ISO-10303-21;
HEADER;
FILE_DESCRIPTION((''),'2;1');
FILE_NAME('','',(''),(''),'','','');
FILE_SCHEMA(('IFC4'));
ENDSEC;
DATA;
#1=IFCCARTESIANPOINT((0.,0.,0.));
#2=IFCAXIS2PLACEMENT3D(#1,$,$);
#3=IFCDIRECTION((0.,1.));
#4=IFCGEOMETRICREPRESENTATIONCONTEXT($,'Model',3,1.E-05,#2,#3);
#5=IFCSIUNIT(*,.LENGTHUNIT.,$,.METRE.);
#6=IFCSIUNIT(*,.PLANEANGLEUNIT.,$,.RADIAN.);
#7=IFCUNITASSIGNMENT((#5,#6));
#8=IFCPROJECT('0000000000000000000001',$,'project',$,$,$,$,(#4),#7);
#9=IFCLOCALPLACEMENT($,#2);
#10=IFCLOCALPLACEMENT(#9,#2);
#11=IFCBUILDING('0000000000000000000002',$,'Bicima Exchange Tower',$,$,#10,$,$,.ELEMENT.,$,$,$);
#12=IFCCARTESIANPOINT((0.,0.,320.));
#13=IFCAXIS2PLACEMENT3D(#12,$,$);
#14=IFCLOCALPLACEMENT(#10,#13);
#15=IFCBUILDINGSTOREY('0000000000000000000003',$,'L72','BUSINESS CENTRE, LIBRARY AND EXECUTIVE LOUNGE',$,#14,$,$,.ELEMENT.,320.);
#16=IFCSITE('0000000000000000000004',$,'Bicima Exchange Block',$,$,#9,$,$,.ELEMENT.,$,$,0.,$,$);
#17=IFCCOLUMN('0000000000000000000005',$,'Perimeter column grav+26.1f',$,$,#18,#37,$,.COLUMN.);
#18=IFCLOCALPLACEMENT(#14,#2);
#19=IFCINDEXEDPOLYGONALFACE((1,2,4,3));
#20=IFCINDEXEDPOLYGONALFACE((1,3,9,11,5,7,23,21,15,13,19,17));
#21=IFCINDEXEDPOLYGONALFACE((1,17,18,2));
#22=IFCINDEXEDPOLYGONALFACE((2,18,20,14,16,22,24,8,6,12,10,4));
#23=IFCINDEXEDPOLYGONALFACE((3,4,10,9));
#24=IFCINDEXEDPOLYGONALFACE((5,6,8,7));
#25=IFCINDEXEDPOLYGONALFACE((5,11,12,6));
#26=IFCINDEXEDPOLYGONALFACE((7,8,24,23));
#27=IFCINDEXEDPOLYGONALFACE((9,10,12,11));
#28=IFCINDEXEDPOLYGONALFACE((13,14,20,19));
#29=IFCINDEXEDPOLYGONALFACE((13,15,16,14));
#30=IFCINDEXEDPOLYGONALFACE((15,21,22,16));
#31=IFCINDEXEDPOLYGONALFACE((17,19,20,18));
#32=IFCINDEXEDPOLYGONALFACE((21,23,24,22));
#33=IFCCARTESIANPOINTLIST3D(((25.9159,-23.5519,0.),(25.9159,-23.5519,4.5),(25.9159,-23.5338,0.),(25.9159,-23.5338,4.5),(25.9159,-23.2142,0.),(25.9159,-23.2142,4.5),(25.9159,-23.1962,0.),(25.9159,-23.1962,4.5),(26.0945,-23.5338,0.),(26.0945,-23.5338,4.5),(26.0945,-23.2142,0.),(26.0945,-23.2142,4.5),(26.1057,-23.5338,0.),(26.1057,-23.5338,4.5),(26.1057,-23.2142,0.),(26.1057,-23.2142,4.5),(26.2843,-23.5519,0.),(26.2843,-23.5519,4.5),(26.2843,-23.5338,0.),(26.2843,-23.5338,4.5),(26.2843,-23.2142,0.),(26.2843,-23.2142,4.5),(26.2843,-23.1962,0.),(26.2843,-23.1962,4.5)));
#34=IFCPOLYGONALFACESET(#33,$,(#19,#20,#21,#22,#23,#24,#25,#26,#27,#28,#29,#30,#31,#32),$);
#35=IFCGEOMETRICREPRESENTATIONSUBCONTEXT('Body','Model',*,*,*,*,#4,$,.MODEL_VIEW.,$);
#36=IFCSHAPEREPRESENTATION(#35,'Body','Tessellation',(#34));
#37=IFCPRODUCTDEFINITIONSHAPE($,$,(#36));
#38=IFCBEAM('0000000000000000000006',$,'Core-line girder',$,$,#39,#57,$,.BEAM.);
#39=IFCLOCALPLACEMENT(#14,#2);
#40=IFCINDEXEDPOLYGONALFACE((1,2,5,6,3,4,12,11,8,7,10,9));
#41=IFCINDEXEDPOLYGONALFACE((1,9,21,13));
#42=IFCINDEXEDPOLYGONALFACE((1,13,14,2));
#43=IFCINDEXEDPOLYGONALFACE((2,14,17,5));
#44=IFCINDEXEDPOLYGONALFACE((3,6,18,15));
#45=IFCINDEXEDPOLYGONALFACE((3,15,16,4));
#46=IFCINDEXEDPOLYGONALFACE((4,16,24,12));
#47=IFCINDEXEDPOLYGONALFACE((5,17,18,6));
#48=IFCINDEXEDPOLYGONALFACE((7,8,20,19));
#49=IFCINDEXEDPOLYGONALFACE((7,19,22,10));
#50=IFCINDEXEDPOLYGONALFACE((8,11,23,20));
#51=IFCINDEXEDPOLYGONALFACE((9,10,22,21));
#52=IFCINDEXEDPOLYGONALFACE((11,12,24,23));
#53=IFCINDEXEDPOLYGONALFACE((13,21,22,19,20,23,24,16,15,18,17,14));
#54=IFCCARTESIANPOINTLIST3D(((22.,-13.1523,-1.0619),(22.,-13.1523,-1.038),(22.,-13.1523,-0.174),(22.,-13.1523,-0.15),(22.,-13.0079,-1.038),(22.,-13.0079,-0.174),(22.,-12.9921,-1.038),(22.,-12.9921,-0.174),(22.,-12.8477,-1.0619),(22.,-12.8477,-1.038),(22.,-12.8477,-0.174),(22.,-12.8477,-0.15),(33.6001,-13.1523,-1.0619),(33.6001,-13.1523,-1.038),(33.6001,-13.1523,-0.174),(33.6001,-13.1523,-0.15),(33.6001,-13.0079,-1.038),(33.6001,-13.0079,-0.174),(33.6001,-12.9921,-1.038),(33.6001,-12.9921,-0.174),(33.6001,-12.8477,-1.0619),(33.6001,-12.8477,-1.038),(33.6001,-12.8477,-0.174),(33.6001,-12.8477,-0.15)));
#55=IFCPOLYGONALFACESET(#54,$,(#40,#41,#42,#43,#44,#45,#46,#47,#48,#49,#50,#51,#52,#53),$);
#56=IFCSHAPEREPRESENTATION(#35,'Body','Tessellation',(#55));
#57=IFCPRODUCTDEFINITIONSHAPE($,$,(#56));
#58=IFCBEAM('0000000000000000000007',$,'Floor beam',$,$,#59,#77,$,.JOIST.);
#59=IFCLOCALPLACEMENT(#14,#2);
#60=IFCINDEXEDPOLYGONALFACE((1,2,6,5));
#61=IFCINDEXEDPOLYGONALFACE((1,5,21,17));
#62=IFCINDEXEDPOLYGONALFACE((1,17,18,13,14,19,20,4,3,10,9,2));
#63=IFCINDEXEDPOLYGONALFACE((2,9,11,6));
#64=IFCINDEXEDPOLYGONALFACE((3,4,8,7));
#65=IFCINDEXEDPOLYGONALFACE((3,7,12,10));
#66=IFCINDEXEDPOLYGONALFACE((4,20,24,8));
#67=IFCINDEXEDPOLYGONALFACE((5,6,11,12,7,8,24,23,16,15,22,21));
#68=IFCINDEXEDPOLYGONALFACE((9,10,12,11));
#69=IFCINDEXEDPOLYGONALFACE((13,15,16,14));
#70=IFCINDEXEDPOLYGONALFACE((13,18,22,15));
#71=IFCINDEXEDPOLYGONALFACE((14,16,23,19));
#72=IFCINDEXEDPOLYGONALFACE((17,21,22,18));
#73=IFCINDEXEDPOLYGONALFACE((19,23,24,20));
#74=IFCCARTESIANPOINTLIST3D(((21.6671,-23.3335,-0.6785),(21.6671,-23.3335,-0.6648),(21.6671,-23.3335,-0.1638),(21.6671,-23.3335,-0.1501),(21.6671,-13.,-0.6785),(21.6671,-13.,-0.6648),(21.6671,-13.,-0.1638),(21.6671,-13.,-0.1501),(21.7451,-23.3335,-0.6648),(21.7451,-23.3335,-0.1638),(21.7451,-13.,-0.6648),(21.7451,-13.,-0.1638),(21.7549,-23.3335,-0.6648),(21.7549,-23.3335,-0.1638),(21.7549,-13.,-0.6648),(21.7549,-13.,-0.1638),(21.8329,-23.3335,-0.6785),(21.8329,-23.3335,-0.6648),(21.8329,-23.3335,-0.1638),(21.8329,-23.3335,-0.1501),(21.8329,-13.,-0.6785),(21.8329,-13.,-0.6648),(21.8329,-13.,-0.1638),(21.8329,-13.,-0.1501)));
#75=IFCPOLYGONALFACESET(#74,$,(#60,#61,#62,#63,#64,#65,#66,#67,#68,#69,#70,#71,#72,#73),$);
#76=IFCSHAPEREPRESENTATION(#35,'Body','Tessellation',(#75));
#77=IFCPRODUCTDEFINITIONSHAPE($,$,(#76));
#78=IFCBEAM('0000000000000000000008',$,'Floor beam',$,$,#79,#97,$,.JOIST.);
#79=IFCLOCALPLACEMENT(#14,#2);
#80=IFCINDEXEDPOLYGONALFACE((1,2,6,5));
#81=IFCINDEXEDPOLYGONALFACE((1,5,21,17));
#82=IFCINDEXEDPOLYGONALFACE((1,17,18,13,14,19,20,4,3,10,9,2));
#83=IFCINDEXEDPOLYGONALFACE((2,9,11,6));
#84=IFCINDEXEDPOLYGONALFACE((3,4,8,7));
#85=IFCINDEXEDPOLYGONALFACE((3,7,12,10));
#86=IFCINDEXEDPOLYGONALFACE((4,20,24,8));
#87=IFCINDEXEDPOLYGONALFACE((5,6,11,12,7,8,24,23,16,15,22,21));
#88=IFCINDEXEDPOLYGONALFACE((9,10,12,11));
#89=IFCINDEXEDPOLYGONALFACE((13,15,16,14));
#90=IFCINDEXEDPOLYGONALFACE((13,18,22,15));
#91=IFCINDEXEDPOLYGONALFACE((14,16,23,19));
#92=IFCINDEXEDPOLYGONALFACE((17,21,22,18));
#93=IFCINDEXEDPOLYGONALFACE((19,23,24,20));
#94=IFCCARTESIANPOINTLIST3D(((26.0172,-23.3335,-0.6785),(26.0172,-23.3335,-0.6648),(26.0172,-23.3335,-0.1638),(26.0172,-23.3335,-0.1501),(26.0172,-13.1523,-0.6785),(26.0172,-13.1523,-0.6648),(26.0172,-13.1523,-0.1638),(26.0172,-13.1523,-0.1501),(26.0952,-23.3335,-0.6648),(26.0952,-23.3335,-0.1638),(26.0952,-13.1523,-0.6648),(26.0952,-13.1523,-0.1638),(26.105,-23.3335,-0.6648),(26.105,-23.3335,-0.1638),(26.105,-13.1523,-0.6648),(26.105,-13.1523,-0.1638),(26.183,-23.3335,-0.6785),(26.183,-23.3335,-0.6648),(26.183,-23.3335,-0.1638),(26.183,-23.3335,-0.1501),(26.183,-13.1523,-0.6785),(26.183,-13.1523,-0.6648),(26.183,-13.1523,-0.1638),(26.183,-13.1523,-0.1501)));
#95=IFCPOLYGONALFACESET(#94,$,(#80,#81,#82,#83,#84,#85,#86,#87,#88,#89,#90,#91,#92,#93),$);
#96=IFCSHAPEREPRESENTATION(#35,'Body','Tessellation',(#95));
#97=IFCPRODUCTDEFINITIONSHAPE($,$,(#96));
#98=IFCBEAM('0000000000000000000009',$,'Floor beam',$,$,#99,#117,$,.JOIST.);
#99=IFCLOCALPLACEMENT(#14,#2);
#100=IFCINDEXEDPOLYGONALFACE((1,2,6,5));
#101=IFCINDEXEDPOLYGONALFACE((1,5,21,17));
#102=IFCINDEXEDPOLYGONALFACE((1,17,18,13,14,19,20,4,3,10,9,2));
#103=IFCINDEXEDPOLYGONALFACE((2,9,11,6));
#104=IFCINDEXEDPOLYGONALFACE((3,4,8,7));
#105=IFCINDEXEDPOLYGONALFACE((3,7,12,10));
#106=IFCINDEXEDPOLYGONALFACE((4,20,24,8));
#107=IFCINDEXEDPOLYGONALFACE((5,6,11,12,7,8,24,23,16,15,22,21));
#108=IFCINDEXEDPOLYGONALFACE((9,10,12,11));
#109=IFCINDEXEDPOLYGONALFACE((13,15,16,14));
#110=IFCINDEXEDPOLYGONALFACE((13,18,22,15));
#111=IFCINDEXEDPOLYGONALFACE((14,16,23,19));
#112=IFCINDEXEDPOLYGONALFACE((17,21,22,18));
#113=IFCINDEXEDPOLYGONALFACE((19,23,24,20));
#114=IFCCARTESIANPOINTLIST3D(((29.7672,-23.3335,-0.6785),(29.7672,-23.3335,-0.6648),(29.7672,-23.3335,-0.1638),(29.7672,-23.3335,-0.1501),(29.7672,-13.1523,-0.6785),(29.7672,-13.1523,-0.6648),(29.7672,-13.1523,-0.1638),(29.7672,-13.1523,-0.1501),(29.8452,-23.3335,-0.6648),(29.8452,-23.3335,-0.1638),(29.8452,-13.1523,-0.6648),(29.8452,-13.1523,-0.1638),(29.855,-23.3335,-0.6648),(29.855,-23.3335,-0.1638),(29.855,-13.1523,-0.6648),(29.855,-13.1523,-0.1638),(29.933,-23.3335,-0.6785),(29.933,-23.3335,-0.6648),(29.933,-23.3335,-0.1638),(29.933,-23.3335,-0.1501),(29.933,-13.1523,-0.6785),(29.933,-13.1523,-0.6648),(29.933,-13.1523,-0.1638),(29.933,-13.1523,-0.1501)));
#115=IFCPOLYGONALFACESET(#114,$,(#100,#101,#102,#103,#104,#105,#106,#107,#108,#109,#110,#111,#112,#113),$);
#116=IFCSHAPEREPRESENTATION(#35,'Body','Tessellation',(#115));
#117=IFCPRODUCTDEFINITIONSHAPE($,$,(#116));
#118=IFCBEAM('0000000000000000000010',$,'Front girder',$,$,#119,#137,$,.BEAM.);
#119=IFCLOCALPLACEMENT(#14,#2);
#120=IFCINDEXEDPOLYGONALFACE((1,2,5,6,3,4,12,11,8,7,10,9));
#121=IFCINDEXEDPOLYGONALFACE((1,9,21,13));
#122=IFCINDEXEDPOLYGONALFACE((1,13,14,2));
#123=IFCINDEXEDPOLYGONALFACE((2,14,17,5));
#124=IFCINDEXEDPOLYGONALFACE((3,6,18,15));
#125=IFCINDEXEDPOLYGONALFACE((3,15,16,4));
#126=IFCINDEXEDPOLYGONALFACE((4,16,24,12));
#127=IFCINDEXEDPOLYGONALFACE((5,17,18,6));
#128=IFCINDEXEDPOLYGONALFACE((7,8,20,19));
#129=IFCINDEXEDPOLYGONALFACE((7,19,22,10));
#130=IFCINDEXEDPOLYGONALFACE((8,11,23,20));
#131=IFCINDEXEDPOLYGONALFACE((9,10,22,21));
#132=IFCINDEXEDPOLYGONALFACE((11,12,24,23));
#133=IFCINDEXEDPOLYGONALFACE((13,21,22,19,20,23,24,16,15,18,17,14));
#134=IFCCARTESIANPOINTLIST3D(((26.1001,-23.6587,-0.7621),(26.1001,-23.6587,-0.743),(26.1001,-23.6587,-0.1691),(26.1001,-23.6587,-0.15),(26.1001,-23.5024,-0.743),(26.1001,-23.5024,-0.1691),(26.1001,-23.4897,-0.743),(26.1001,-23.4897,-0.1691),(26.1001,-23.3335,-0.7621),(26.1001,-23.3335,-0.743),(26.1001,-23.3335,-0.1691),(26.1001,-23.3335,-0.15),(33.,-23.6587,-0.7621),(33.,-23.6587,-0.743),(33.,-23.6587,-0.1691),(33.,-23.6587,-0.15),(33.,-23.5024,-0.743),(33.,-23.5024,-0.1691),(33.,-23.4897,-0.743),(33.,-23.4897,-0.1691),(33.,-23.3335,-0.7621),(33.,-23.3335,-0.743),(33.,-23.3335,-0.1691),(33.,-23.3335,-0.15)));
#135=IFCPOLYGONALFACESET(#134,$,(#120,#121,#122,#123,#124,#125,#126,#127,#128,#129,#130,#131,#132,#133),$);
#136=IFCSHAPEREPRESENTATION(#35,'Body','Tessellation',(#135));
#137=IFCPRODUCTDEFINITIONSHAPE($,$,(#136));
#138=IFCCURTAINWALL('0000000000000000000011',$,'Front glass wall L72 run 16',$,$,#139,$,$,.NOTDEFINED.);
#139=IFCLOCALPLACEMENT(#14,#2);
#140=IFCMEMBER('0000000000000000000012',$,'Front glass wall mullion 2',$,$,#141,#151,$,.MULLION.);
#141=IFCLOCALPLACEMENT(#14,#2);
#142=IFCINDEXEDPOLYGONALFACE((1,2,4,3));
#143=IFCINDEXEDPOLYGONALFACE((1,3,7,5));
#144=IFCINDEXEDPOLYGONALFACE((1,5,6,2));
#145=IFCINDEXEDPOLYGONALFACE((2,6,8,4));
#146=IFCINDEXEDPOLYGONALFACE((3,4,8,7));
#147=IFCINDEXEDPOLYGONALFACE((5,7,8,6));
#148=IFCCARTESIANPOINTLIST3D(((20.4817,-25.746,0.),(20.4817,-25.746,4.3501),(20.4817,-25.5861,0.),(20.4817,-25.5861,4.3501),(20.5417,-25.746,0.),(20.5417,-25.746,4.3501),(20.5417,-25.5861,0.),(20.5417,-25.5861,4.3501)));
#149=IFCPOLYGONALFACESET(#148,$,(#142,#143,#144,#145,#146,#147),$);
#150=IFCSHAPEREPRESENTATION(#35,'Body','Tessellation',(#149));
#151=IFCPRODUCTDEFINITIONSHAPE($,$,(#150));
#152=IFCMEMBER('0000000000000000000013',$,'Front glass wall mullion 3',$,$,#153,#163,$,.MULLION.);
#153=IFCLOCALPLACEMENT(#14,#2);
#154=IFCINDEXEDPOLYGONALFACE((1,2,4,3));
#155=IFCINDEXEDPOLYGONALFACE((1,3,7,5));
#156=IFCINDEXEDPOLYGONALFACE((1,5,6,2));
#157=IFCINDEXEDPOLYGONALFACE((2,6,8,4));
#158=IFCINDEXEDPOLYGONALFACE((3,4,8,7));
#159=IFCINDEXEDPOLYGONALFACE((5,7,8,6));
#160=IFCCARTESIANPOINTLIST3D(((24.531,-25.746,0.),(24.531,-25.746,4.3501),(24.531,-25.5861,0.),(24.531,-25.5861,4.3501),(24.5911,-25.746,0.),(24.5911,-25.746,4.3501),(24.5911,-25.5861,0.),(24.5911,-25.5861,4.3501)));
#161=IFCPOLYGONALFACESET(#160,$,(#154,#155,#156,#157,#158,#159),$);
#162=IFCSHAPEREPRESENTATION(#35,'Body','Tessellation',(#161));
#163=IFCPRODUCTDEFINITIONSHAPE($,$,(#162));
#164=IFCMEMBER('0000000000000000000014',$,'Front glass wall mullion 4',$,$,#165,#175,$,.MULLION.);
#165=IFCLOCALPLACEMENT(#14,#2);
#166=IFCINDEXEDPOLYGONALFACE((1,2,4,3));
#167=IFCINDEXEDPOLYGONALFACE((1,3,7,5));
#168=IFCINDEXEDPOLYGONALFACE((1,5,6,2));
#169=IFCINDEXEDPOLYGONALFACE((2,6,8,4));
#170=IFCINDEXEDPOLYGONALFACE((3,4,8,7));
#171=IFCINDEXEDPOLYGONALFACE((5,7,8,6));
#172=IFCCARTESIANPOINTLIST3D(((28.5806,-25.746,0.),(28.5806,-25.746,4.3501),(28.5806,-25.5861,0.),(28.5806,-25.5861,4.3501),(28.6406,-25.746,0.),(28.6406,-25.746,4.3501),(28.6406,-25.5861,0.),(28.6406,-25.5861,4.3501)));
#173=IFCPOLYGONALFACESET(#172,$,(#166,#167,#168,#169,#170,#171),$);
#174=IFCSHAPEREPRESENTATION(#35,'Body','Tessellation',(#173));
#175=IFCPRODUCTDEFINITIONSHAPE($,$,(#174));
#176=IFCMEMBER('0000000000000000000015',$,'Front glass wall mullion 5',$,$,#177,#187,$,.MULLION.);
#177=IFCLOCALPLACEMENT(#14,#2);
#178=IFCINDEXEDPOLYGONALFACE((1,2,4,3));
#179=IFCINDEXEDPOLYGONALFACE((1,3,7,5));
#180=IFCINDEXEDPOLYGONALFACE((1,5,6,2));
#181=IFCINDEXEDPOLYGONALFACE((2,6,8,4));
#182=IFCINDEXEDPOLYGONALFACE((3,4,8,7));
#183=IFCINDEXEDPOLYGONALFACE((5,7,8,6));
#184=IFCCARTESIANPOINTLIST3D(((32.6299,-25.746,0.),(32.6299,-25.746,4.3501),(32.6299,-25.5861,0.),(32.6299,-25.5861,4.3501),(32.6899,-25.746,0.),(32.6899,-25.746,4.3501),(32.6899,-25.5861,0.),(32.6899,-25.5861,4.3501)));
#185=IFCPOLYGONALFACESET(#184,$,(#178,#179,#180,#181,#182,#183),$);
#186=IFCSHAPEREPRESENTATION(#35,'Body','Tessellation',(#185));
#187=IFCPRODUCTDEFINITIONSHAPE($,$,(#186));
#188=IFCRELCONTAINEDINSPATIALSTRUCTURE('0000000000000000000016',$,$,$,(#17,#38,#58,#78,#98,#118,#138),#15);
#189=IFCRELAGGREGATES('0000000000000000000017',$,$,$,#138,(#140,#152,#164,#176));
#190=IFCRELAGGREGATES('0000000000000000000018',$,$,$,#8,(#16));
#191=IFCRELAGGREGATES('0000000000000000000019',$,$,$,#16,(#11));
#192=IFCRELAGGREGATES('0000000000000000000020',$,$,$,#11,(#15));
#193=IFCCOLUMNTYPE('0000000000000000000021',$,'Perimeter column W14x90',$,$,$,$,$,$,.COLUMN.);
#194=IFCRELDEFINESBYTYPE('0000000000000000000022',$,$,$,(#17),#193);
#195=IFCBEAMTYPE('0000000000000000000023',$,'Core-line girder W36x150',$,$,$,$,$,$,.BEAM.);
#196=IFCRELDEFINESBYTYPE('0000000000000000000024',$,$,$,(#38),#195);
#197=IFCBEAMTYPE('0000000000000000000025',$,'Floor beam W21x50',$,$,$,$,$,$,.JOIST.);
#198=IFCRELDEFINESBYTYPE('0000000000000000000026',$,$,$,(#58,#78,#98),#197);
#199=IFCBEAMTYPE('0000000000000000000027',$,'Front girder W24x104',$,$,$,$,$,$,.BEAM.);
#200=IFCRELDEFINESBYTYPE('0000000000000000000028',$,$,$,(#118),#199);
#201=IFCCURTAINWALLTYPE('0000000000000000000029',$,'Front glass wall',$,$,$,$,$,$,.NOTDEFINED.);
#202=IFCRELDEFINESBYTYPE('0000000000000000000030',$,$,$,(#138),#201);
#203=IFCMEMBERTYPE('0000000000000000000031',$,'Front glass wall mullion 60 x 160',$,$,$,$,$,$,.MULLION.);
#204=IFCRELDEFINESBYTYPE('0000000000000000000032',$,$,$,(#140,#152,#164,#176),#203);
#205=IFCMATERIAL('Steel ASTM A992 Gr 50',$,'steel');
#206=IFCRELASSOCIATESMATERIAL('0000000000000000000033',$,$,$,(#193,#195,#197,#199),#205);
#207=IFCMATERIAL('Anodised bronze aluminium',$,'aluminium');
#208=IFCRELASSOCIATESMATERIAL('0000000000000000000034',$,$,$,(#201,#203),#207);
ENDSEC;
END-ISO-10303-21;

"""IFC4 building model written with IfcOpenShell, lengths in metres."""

from ifc_helpers import new_model, si_unit, direction, frame, origin, origin_2d, place, context, subcontext, project, spatial, rectangle, i_section, extrude, material, material_profile, profile_set, type_object, element, aggregate, save


model = new_model("IFC4")

# Units and contexts
model_context = context("Model", 3, precision=1e-05, world=origin(), true_north=direction((0.0, 1.0)))
body_context = subcontext(model_context, "Body", "Model", "MODEL_VIEW")
ifc_project = project(units=[si_unit("LENGTHUNIT", "METRE"), si_unit("PLANEANGLEUNIT", "RADIAN")], contexts=[model_context])

# Site, building, storey
site_placement = place(None, origin())
site = spatial("IfcSite", under=ifc_project, at=site_placement, Name="Bicima Exchange Block", CompositionType="ELEMENT", RefElevation=0.0)
building_placement = place(site_placement, origin())
building = spatial("IfcBuilding", under=site, at=building_placement, Name="Bicima Exchange Tower", CompositionType="ELEMENT")
storey_placement = place(building_placement, frame((0.0, 0.0, 320.0)))
storey = spatial("IfcBuildingStorey", under=building, at=storey_placement, Name="L72", Description="BUSINESS CENTRE, LIBRARY AND EXECUTIVE LOUNGE", CompositionType="ELEMENT", Elevation=320.0)

# Column
ifc_material_1 = material(Name="Steel ASTM A992 Gr 50", Category="steel")
ifc_material_profile_1 = material_profile(ifc_material_1, i_section(OverallWidth=0.3684, OverallDepth=0.3557, WebThickness=0.0112, FlangeThickness=0.0181, at=origin_2d()))
ifc_profile_set_1 = profile_set([ifc_material_profile_1], Name="Steel ASTM A992 Gr 50")
column_type = type_object("IfcColumnType", Name="Perimeter column W14x90", PredefinedType="COLUMN", material=ifc_profile_set_1)
column_placement = place(storey_placement, frame((26.1001, -23.374, 0.0), z_axis=(0.0, 0.0, 1.0), x_axis=(1.0, 0.0, 0.0)))
element("IfcColumn", 1, at=column_placement, inside=storey, type_object=column_type, Name="Perimeter column grav+26.1f", PredefinedType="COLUMN", context=body_context, shape_type="SweptSolid", body=[
    extrude(i_section(OverallWidth=0.3684, OverallDepth=0.3557, WebThickness=0.0112, FlangeThickness=0.0181, at=origin_2d()), origin(), (0.0, 0.0, 1.0), 4.5),
])

# Beams
ifc_material_profile_2 = material_profile(ifc_material_1, i_section(OverallWidth=0.3047, OverallDepth=0.9119, WebThickness=0.0159, FlangeThickness=0.0239, at=origin_2d()))
ifc_profile_set_2 = profile_set([ifc_material_profile_2], Name="Steel ASTM A992 Gr 50")
beam_type_1 = type_object("IfcBeamType", Name="Core-line girder W36x150", PredefinedType="BEAM", material=ifc_profile_set_2)
beam_1_placement = place(storey_placement, frame((22.0, -13.0, -0.606), z_axis=(1.0, 0.0, 0.0), x_axis=(0.0, 1.0, 0.0)))
element("IfcBeam", 2, at=beam_1_placement, inside=storey, type_object=beam_type_1, Name="Core-line girder", PredefinedType="BEAM", context=body_context, shape_type="SweptSolid", body=[
    extrude(i_section(OverallWidth=0.3047, OverallDepth=0.9119, WebThickness=0.0159, FlangeThickness=0.0239, at=origin_2d()), origin(), (0.0, 0.0, 1.0), 11.6001),
])
ifc_material_profile_3 = material_profile(ifc_material_1, i_section(OverallWidth=0.1658, OverallDepth=0.5283, WebThickness=0.0098, FlangeThickness=0.0137, at=origin_2d()))
ifc_profile_set_3 = profile_set([ifc_material_profile_3], Name="Steel ASTM A992 Gr 50")
beam_type_2 = type_object("IfcBeamType", Name="Floor beam W21x50", PredefinedType="JOIST", material=ifc_profile_set_3)
beam_2_placement = place(storey_placement, frame((21.75, -13.0, -0.4143), z_axis=(0.0, -1.0, 0.0), x_axis=(1.0, 0.0, 0.0)))
element("IfcBeam", 3, at=beam_2_placement, inside=storey, type_object=beam_type_2, Name="Floor beam", PredefinedType="JOIST", context=body_context, shape_type="SweptSolid", body=[
    extrude(i_section(OverallWidth=0.1658, OverallDepth=0.5283, WebThickness=0.0098, FlangeThickness=0.0137, at=origin_2d()), origin(), (0.0, 0.0, 1.0), 10.3335),
])
for number, where, z_axis, x_axis, name in (
    (4, (26.1001, -13.1523, -0.4143), (0.0, -1.0, 0.0), (1.0, 0.0, 0.0), "Floor beam"),
    (5, (29.8501, -13.1523, -0.4143), (0.0, -1.0, 0.0), (1.0, 0.0, 0.0), "Floor beam"),
):
    element("IfcBeam", number, at=place(storey_placement, frame(where, z_axis=z_axis, x_axis=x_axis)), inside=storey, type_object=beam_type_2, Name=name, PredefinedType="JOIST", context=body_context, shape_type="SweptSolid", body=[
        extrude(i_section(OverallWidth=0.1658, OverallDepth=0.5283, WebThickness=0.0098, FlangeThickness=0.0137, at=origin_2d()), origin(), (0.0, 0.0, 1.0), 10.1812),
    ])
ifc_material_profile_4 = material_profile(ifc_material_1, i_section(OverallWidth=0.3252, OverallDepth=0.6121, WebThickness=0.0127, FlangeThickness=0.019, at=origin_2d()))
ifc_profile_set_4 = profile_set([ifc_material_profile_4], Name="Steel ASTM A992 Gr 50")
beam_type_3 = type_object("IfcBeamType", Name="Front girder W24x104", PredefinedType="BEAM", material=ifc_profile_set_4)
beam_3_placement = place(storey_placement, frame((26.1001, -23.4961, -0.4561), z_axis=(1.0, 0.0, 0.0), x_axis=(0.0, 1.0, 0.0)))
element("IfcBeam", 6, at=beam_3_placement, inside=storey, type_object=beam_type_3, Name="Front girder", PredefinedType="BEAM", context=body_context, shape_type="SweptSolid", body=[
    extrude(i_section(OverallWidth=0.3252, OverallDepth=0.6121, WebThickness=0.0127, FlangeThickness=0.019, at=origin_2d()), origin(), (0.0, 0.0, 1.0), 6.8999),
])

# Curtain wall, members
ifc_material_2 = material(Name="Anodised bronze aluminium", Category="aluminium")
curtain_wall_type = type_object("IfcCurtainWallType", Name="Front glass wall", PredefinedType="NOTDEFINED", material=ifc_material_2)
curtain_wall_placement = place(storey_placement, origin())
curtain_wall = element("IfcCurtainWall", 7, at=curtain_wall_placement, inside=storey, type_object=curtain_wall_type, Name="Front glass wall L72 run 16", PredefinedType="NOTDEFINED")
ifc_material_profile_5 = material_profile(ifc_material_2, rectangle(XDim=0.1599, YDim=0.0601, at=origin_2d()))
ifc_profile_set_5 = profile_set([ifc_material_profile_5], Name="Anodised bronze aluminium")
member_type_1 = type_object("IfcMemberType", Name="Front glass wall mullion 60 x 160", PredefinedType="MULLION", material=ifc_profile_set_5)
member_1_placement = place(storey_placement, frame((20.5117, -25.666, 0.0), z_axis=(0.0, 0.0, 1.0), x_axis=(0.0, 1.0, 0.0)))
member_1 = element("IfcMember", 8, at=member_1_placement, type_object=member_type_1, Name="Front glass wall mullion 2", PredefinedType="MULLION", context=body_context, shape_type="SweptSolid", body=[
    extrude(rectangle(XDim=0.1599, YDim=0.0601, at=origin_2d()), origin(), (0.0, 0.0, 1.0), 4.3501),
])
member_2_placement = place(storey_placement, frame((24.561, -25.666, 0.0), z_axis=(0.0, 0.0, 1.0), x_axis=(0.0, 1.0, 0.0)))
member_2 = element("IfcMember", 9, at=member_2_placement, type_object=member_type_1, Name="Front glass wall mullion 3", PredefinedType="MULLION", context=body_context, shape_type="SweptSolid", body=[
    extrude(rectangle(XDim=0.1599, YDim=0.0601, at=origin_2d()), origin(), (0.0, 0.0, 1.0), 4.3501),
])
member_3_placement = place(storey_placement, frame((28.6106, -25.666, 0.0), z_axis=(0.0, 0.0, 1.0), x_axis=(0.0, 1.0, 0.0)))
member_3 = element("IfcMember", 10, at=member_3_placement, type_object=member_type_1, Name="Front glass wall mullion 4", PredefinedType="MULLION", context=body_context, shape_type="SweptSolid", body=[
    extrude(rectangle(XDim=0.1599, YDim=0.0601, at=origin_2d()), origin(), (0.0, 0.0, 1.0), 4.3501),
])
member_4_placement = place(storey_placement, frame((32.6599, -25.666, 0.0), z_axis=(0.0, 0.0, 1.0), x_axis=(0.0, 1.0, 0.0)))
member_4 = element("IfcMember", 11, at=member_4_placement, type_object=member_type_1, Name="Front glass wall mullion 5", PredefinedType="MULLION", context=body_context, shape_type="SweptSolid", body=[
    extrude(rectangle(XDim=0.1599, YDim=0.0601, at=origin_2d()), origin(), (0.0, 0.0, 1.0), 4.3501),
])
aggregate(curtain_wall, [member_1, member_2, member_3, member_4])

save(model, "model.ifc")
